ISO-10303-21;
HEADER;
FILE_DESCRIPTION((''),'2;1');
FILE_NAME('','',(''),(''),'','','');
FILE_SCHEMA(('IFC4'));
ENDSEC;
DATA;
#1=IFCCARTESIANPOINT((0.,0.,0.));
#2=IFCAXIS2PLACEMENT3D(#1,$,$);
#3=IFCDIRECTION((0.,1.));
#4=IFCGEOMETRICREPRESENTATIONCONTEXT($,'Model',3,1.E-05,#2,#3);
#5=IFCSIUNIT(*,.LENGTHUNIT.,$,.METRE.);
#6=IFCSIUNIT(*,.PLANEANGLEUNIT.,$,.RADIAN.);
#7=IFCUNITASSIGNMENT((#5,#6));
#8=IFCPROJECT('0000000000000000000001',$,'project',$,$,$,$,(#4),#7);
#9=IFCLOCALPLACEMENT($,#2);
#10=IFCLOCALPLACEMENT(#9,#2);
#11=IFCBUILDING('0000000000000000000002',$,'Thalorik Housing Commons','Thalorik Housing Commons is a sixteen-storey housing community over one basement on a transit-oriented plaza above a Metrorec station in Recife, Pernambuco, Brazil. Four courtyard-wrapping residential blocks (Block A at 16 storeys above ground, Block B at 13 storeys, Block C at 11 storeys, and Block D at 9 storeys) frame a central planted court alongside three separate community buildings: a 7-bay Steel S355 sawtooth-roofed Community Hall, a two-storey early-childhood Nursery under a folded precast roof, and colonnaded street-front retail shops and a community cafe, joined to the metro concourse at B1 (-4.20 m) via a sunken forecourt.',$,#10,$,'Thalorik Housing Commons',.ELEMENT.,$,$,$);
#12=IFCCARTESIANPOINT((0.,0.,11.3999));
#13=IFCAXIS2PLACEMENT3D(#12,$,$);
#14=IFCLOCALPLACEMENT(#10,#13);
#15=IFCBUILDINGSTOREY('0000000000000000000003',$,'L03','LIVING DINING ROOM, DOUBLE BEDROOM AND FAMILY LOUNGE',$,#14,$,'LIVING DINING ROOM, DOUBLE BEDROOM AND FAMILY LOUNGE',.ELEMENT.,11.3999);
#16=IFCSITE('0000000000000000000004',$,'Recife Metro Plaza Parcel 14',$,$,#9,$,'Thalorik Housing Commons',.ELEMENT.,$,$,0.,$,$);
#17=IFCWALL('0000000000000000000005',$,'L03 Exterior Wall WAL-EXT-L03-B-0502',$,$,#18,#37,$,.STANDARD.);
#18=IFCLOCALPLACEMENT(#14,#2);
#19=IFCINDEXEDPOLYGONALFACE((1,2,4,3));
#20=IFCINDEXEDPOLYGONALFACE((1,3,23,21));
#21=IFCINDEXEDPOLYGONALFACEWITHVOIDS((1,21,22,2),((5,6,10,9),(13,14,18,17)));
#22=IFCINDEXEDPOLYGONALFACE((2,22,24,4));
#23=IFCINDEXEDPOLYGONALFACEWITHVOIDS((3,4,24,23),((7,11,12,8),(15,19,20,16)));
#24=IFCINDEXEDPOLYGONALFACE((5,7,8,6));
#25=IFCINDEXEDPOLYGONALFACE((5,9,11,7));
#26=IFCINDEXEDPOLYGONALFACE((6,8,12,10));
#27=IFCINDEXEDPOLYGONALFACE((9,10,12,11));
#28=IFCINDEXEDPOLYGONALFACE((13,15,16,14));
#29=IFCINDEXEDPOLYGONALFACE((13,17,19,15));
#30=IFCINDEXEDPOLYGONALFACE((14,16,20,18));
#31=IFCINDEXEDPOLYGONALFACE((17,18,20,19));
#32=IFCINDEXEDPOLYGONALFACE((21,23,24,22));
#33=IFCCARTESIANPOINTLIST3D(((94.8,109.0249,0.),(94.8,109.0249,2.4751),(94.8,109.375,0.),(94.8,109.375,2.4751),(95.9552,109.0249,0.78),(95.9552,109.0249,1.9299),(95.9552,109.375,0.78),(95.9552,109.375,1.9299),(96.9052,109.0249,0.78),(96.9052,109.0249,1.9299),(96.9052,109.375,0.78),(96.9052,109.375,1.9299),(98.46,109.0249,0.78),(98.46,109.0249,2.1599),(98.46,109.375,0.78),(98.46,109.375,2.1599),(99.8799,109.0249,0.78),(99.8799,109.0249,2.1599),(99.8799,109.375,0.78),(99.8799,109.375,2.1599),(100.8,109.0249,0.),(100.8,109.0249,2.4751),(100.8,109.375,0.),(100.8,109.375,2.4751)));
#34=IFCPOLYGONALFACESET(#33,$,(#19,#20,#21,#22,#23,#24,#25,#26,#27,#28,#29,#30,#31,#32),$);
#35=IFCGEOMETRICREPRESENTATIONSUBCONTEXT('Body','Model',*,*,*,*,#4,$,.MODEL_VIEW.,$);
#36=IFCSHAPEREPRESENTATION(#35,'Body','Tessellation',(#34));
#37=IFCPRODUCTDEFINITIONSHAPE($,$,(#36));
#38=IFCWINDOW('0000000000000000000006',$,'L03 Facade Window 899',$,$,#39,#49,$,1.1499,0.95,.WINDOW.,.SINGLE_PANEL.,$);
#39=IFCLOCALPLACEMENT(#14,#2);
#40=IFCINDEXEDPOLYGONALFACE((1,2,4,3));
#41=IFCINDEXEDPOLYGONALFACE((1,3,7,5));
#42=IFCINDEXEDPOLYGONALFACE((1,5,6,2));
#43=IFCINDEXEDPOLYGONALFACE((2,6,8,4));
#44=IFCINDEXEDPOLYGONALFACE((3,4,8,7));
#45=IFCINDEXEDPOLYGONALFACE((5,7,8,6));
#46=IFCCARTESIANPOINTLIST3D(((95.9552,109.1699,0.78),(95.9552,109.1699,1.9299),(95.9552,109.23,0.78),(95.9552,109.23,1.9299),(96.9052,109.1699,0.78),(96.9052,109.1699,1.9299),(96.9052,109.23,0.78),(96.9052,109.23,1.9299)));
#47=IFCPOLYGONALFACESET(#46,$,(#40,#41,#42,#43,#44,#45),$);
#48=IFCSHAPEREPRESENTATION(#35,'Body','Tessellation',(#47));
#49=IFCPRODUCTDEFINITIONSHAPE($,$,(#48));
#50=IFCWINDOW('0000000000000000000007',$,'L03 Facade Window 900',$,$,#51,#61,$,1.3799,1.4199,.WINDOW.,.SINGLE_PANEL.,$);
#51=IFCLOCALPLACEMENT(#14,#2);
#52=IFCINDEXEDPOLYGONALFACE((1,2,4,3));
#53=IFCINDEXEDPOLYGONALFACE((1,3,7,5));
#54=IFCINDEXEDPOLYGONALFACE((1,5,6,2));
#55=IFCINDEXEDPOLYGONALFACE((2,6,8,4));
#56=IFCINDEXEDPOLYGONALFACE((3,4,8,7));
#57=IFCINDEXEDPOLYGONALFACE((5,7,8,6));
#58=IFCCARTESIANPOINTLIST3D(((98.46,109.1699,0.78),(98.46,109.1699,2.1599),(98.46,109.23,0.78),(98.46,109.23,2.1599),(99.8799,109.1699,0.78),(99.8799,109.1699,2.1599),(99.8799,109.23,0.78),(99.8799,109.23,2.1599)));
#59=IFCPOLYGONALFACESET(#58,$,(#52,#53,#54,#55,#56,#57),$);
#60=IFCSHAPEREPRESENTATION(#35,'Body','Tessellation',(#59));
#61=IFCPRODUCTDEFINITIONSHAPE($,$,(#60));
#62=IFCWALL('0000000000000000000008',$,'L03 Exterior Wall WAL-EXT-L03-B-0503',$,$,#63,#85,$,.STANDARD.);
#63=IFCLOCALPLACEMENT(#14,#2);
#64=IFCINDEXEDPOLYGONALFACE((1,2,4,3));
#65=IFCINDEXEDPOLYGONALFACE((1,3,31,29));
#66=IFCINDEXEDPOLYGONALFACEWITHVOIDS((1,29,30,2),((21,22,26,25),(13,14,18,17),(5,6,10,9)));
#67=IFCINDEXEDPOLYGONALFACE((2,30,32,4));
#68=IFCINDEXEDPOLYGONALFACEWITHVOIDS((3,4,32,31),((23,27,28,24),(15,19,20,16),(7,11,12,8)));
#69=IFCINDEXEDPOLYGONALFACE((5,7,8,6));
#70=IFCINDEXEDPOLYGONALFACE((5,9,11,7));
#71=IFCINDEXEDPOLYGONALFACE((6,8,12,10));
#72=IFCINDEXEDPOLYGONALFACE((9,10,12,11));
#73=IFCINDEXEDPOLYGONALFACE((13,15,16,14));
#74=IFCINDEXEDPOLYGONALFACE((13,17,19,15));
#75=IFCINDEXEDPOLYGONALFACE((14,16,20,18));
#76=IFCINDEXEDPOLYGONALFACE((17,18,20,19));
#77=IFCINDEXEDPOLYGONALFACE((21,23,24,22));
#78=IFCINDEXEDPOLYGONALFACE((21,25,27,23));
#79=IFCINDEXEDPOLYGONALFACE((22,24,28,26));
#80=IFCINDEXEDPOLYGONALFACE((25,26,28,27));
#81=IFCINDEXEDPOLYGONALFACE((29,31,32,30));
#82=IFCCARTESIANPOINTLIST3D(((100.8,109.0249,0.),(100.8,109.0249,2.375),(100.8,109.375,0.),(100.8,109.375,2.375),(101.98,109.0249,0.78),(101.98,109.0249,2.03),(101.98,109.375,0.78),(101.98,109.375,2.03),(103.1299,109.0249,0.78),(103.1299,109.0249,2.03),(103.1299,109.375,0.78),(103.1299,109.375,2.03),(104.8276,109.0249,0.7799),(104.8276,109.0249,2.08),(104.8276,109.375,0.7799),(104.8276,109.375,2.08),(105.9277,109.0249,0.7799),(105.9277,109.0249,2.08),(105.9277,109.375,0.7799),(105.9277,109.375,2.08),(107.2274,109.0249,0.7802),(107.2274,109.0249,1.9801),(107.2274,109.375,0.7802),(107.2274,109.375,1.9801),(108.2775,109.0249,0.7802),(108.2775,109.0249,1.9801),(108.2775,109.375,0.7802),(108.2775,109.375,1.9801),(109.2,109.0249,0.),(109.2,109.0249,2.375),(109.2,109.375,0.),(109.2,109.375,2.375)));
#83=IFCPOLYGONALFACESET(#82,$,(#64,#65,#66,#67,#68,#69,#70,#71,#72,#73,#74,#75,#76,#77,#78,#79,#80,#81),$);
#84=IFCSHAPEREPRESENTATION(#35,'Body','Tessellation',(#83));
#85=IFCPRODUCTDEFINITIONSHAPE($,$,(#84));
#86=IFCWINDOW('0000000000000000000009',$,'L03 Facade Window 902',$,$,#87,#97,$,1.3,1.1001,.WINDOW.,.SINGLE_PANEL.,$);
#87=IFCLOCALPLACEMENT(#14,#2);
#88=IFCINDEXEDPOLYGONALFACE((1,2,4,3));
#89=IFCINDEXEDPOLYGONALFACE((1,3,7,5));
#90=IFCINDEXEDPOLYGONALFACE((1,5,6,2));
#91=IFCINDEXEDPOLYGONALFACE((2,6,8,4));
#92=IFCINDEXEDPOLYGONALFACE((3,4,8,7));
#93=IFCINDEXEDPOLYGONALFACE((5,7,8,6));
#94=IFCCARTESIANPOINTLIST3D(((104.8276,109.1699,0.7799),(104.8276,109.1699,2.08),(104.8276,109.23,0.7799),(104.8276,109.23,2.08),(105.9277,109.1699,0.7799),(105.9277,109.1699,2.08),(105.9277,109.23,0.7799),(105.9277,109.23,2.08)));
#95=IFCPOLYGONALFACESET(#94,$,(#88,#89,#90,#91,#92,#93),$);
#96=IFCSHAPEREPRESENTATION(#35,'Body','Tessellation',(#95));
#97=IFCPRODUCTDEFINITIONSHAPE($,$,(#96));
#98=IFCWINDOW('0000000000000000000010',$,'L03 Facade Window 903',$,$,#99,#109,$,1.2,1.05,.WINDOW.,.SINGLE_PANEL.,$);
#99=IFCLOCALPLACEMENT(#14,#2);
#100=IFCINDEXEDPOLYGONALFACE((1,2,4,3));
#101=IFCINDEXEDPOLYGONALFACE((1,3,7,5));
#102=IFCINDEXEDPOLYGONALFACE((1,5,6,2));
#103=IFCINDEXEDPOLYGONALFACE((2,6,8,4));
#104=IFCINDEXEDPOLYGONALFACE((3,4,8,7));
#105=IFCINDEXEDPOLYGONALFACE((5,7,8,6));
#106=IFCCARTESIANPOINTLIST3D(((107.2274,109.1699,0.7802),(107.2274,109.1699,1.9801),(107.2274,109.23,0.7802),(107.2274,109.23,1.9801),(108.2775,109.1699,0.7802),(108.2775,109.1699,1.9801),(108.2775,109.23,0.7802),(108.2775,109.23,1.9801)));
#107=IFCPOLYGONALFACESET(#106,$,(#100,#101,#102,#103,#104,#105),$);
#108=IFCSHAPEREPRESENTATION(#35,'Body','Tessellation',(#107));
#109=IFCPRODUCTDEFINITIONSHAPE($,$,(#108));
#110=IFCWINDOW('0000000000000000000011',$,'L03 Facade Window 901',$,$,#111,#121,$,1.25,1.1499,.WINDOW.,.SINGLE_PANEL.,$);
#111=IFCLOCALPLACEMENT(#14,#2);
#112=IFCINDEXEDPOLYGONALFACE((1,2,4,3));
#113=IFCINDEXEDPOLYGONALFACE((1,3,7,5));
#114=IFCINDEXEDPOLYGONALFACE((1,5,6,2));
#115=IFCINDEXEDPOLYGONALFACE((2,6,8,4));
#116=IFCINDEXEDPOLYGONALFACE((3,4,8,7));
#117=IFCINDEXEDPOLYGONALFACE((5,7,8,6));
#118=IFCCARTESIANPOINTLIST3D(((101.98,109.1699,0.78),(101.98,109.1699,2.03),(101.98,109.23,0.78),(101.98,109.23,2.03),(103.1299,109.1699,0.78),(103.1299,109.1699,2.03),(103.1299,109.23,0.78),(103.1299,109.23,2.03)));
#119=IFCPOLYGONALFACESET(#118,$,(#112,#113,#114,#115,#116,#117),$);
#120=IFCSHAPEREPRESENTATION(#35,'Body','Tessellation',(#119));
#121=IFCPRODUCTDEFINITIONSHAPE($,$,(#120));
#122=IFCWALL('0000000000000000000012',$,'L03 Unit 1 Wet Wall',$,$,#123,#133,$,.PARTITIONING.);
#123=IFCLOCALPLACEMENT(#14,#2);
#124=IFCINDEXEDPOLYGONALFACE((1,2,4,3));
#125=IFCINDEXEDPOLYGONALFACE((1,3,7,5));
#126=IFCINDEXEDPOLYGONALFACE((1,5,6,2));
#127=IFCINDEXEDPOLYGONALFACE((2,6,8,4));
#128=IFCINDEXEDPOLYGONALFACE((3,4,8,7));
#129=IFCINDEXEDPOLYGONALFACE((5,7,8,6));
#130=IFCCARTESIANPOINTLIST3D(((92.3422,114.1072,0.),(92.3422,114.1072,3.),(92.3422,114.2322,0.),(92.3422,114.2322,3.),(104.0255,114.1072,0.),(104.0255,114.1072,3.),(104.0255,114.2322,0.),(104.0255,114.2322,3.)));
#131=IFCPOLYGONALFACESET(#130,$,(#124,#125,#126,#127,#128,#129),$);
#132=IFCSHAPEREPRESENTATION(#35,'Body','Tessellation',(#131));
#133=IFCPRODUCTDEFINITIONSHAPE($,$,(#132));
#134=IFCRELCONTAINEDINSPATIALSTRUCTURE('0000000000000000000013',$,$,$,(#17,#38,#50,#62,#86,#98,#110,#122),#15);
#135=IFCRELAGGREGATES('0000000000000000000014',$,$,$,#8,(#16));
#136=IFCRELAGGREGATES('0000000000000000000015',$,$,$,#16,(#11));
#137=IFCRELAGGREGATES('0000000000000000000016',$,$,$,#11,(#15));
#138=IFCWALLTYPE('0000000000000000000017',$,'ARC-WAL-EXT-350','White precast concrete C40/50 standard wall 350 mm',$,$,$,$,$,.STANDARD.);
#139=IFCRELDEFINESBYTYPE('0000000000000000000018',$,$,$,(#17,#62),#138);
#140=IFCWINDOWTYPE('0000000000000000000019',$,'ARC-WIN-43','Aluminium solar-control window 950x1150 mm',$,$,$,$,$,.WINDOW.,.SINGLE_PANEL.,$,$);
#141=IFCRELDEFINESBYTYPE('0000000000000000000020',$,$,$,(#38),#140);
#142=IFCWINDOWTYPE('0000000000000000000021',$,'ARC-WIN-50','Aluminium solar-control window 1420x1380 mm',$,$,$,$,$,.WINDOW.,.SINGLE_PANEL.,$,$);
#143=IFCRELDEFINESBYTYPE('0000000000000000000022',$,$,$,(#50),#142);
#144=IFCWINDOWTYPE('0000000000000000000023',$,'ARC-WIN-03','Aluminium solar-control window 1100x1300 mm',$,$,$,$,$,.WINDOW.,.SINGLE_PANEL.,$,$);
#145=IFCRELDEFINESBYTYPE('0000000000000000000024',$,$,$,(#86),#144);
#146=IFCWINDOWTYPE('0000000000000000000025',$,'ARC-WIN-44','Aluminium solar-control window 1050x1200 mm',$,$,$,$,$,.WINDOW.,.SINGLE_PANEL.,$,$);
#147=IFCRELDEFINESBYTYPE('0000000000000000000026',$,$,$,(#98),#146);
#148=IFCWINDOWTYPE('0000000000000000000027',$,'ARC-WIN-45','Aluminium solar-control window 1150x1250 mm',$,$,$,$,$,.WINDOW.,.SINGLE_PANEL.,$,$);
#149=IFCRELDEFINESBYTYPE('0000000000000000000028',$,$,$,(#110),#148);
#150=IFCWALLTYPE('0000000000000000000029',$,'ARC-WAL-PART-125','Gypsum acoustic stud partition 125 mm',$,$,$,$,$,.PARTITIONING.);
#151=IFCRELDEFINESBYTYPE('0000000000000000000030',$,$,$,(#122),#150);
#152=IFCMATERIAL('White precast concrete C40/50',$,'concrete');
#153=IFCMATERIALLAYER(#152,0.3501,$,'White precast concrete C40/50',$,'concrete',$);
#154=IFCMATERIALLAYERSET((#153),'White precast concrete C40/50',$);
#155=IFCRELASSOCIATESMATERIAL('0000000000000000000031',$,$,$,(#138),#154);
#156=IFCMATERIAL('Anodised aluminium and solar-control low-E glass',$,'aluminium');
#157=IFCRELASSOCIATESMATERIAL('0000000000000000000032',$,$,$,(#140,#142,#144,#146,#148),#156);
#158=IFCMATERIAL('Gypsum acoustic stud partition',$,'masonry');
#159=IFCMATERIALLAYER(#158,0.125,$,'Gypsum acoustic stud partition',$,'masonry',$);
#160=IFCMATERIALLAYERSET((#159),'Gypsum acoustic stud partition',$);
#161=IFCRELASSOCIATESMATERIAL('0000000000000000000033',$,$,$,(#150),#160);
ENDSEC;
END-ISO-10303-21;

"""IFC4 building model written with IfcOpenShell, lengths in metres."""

from ifc_helpers import new_model, si_unit, direction, frame, frame_2d, origin, place, context, subcontext, project, spatial, rectangle, extrude, material, layer, layer_set, type_object, element, fill, save


model = new_model("IFC4")

# Units and contexts
model_context = context("Model", 3, precision=1e-05, world=origin(), true_north=direction((0.0, 1.0)))
body_context = subcontext(model_context, "Body", "Model", "MODEL_VIEW")
ifc_project = project(units=[si_unit("LENGTHUNIT", "METRE"), si_unit("PLANEANGLEUNIT", "RADIAN")], contexts=[model_context])

# Site, building, storey
site_placement = place(None, origin())
site = spatial("IfcSite", under=ifc_project, at=site_placement, Name="Recife Metro Plaza Parcel 14", LongName="Thalorik Housing Commons", CompositionType="ELEMENT", RefElevation=0.0)
building_placement = place(site_placement, origin())
building = spatial("IfcBuilding", under=site, at=building_placement, Name="Thalorik Housing Commons", Description="Thalorik Housing Commons is a sixteen-storey housing community over one basement on a transit-oriented plaza above a Metrorec station in Recife, Pernambuco, Brazil. Four courtyard-wrapping residential blocks (Block A at 16 storeys above ground, Block B at 13 storeys, Block C at 11 storeys, and Block D at 9 storeys) frame a central planted court alongside three separate community buildings: a 7-bay Steel S355 sawtooth-roofed Community Hall, a two-storey early-childhood Nursery under a folded precast roof, and colonnaded street-front retail shops and a community cafe, joined to the metro concourse at B1 (-4.20 m) via a sunken forecourt.", LongName="Thalorik Housing Commons", CompositionType="ELEMENT")
storey_placement = place(building_placement, frame((0.0, 0.0, 11.3999)))
storey = spatial("IfcBuildingStorey", under=building, at=storey_placement, Name="L03", Description="LIVING DINING ROOM, DOUBLE BEDROOM AND FAMILY LOUNGE", LongName="LIVING DINING ROOM, DOUBLE BEDROOM AND FAMILY LOUNGE", CompositionType="ELEMENT", Elevation=11.3999)

# Shared definitions
ifc_material_1 = material(Name="Anodised aluminium and solar-control low-E glass", Category="aluminium")

# Shared definitions
ifc_material_2 = material(Name="White precast concrete C40/50", Category="concrete")
ifc_layer_1 = layer(ifc_material_2, 0.3501, Name="White precast concrete C40/50", Category="concrete")
ifc_layer_set_1 = layer_set([ifc_layer_1], Name="White precast concrete C40/50")
wall_type_1 = type_object("IfcWallType", Name="ARC-WAL-EXT-350", Description="White precast concrete C40/50 standard wall 350 mm", PredefinedType="STANDARD", material=ifc_layer_set_1)

# Walls, openings, windows
wall_1_placement = place(storey_placement, frame((94.8, 109.2, 0.0), z_axis=(0.0, 0.0, 1.0), x_axis=(1.0, 0.0, 0.0)))
wall_1 = element("IfcWall", 1, at=wall_1_placement, inside=storey, type_object=wall_type_1, Name="L03 Exterior Wall WAL-EXT-L03-B-0502", PredefinedType="STANDARD", context=body_context, shape_type="SweptSolid", body=[
    extrude(rectangle(XDim=6.0, YDim=0.3501, at=frame_2d((3.0, 0.0))), origin(), (0.0, 0.0, 1.0), 2.4751),
])
opening_1_placement = place(wall_1_placement, frame((1.155, 0.0, 0.78)))
opening_1 = element("IfcOpeningElement", 2, at=opening_1_placement, cuts=wall_1, PredefinedType="OPENING", context=body_context, shape_type="SweptSolid", body=[
    extrude(rectangle(XDim=0.95, YDim=1.1499, at=frame_2d((0.4751, 0.575))), frame((0.0, 0.1851, 0.0), z_axis=(0.0, -1.0, 0.0), x_axis=(1.0, 0.0, 0.0)), (0.0, 0.0, 1.0), 0.3701),
])
opening_2_placement = place(wall_1_placement, frame((3.6599, 0.0, 0.78)))
opening_2 = element("IfcOpeningElement", 3, at=opening_2_placement, cuts=wall_1, PredefinedType="OPENING", context=body_context, shape_type="SweptSolid", body=[
    extrude(rectangle(XDim=1.4199, YDim=1.3799, at=frame_2d((0.71, 0.6899))), frame((0.0, 0.1851, 0.0), z_axis=(0.0, -1.0, 0.0), x_axis=(1.0, 0.0, 0.0)), (0.0, 0.0, 1.0), 0.3701),
])
window_type_1 = type_object("IfcWindowType", Name="ARC-WIN-43", Description="Aluminium solar-control window 950x1150 mm", PartitioningType="SINGLE_PANEL", PredefinedType="WINDOW", material=ifc_material_1)
window_1_placement = place(opening_1_placement, origin())
window_1 = element("IfcWindow", 4, at=window_1_placement, inside=storey, type_object=window_type_1, Name="L03 Facade Window 899", OverallHeight=1.1499, OverallWidth=0.95, PartitioningType="SINGLE_PANEL", PredefinedType="WINDOW", context=body_context, shape_type="SweptSolid", body=[
    extrude(rectangle(XDim=0.95, YDim=1.1499, at=frame_2d((0.4751, 0.575))), frame((0.0, 0.03, 0.0), z_axis=(0.0, -1.0, 0.0), x_axis=(1.0, 0.0, 0.0)), (0.0, 0.0, 1.0), 0.0601),
])
fill(opening_1, window_1)
window_type_2 = type_object("IfcWindowType", Name="ARC-WIN-50", Description="Aluminium solar-control window 1420x1380 mm", PartitioningType="SINGLE_PANEL", PredefinedType="WINDOW", material=ifc_material_1)
window_2_placement = place(opening_2_placement, origin())
window_2 = element("IfcWindow", 5, at=window_2_placement, inside=storey, type_object=window_type_2, Name="L03 Facade Window 900", OverallHeight=1.3799, OverallWidth=1.4199, PartitioningType="SINGLE_PANEL", PredefinedType="WINDOW", context=body_context, shape_type="SweptSolid", body=[
    extrude(rectangle(XDim=1.4199, YDim=1.3799, at=frame_2d((0.71, 0.6899))), frame((0.0, 0.03, 0.0), z_axis=(0.0, -1.0, 0.0), x_axis=(1.0, 0.0, 0.0)), (0.0, 0.0, 1.0), 0.0601),
])
fill(opening_2, window_2)
wall_2_placement = place(storey_placement, frame((100.8, 109.2, 0.0), z_axis=(0.0, 0.0, 1.0), x_axis=(1.0, 0.0, 0.0)))
wall_2 = element("IfcWall", 6, at=wall_2_placement, inside=storey, type_object=wall_type_1, Name="L03 Exterior Wall WAL-EXT-L03-B-0503", PredefinedType="STANDARD", context=body_context, shape_type="SweptSolid", body=[
    extrude(rectangle(XDim=8.3999, YDim=0.3501, at=frame_2d((4.2, 0.0))), origin(), (0.0, 0.0, 1.0), 2.375),
])
opening_3_placement = place(wall_2_placement, frame((1.1799, 0.0, 0.78)))
opening_3 = element("IfcOpeningElement", 7, at=opening_3_placement, cuts=wall_2, PredefinedType="OPENING", context=body_context, shape_type="SweptSolid", body=[
    extrude(rectangle(XDim=1.1499, YDim=1.25, at=frame_2d((0.575, 0.625))), frame((0.0, 0.1851, 0.0), z_axis=(0.0, -1.0, 0.0), x_axis=(1.0, 0.0, 0.0)), (0.0, 0.0, 1.0), 0.3701),
])
opening_4_placement = place(wall_2_placement, frame((4.0276, 0.0, 0.78)))
opening_4 = element("IfcOpeningElement", 8, at=opening_4_placement, cuts=wall_2, PredefinedType="OPENING", context=body_context, shape_type="SweptSolid", body=[
    extrude(rectangle(XDim=1.1001, YDim=1.3, at=frame_2d((0.55, 0.6499))), frame((0.0, 0.1851, 0.0), z_axis=(0.0, -1.0, 0.0), x_axis=(1.0, 0.0, 0.0)), (0.0, 0.0, 1.0), 0.3701),
])
opening_5_placement = place(wall_2_placement, frame((6.4275, 0.0, 0.78)))
opening_5 = element("IfcOpeningElement", 9, at=opening_5_placement, cuts=wall_2, PredefinedType="OPENING", context=body_context, shape_type="SweptSolid", body=[
    extrude(rectangle(XDim=1.05, YDim=1.2, at=frame_2d((0.5249, 0.6001))), frame((0.0, 0.1851, 0.0), z_axis=(0.0, -1.0, 0.0), x_axis=(1.0, 0.0, 0.0)), (0.0, 0.0, 1.0), 0.3701),
])
window_type_3 = type_object("IfcWindowType", Name="ARC-WIN-03", Description="Aluminium solar-control window 1100x1300 mm", PartitioningType="SINGLE_PANEL", PredefinedType="WINDOW", material=ifc_material_1)
window_3_placement = place(opening_4_placement, origin())
window_3 = element("IfcWindow", 10, at=window_3_placement, inside=storey, type_object=window_type_3, Name="L03 Facade Window 902", OverallHeight=1.3, OverallWidth=1.1001, PartitioningType="SINGLE_PANEL", PredefinedType="WINDOW", context=body_context, shape_type="SweptSolid", body=[
    extrude(rectangle(XDim=1.1001, YDim=1.3, at=frame_2d((0.55, 0.6499))), frame((0.0, 0.03, 0.0), z_axis=(0.0, -1.0, 0.0), x_axis=(1.0, 0.0, 0.0)), (0.0, 0.0, 1.0), 0.0601),
])
fill(opening_4, window_3)
window_type_4 = type_object("IfcWindowType", Name="ARC-WIN-44", Description="Aluminium solar-control window 1050x1200 mm", PartitioningType="SINGLE_PANEL", PredefinedType="WINDOW", material=ifc_material_1)
window_4_placement = place(opening_5_placement, origin())
window_4 = element("IfcWindow", 11, at=window_4_placement, inside=storey, type_object=window_type_4, Name="L03 Facade Window 903", OverallHeight=1.2, OverallWidth=1.05, PartitioningType="SINGLE_PANEL", PredefinedType="WINDOW", context=body_context, shape_type="SweptSolid", body=[
    extrude(rectangle(XDim=1.05, YDim=1.2, at=frame_2d((0.5249, 0.6001))), frame((0.0, 0.03, 0.0), z_axis=(0.0, -1.0, 0.0), x_axis=(1.0, 0.0, 0.0)), (0.0, 0.0, 1.0), 0.0601),
])
fill(opening_5, window_4)
window_type_5 = type_object("IfcWindowType", Name="ARC-WIN-45", Description="Aluminium solar-control window 1150x1250 mm", PartitioningType="SINGLE_PANEL", PredefinedType="WINDOW", material=ifc_material_1)
window_5_placement = place(opening_3_placement, origin())
window_5 = element("IfcWindow", 12, at=window_5_placement, inside=storey, type_object=window_type_5, Name="L03 Facade Window 901", OverallHeight=1.25, OverallWidth=1.1499, PartitioningType="SINGLE_PANEL", PredefinedType="WINDOW", context=body_context, shape_type="SweptSolid", body=[
    extrude(rectangle(XDim=1.1499, YDim=1.25, at=frame_2d((0.575, 0.625))), frame((0.0, 0.03, 0.0), z_axis=(0.0, -1.0, 0.0), x_axis=(1.0, 0.0, 0.0)), (0.0, 0.0, 1.0), 0.0601),
])
fill(opening_3, window_5)

# Wall
ifc_material_3 = material(Name="Gypsum acoustic stud partition", Category="masonry")
ifc_layer_2 = layer(ifc_material_3, 0.125, Name="Gypsum acoustic stud partition", Category="masonry")
ifc_layer_set_2 = layer_set([ifc_layer_2], Name="Gypsum acoustic stud partition")
wall_type_2 = type_object("IfcWallType", Name="ARC-WAL-PART-125", Description="Gypsum acoustic stud partition 125 mm", PredefinedType="PARTITIONING", material=ifc_layer_set_2)
wall_3_placement = place(storey_placement, frame((92.342, 114.1697, 0.0), z_axis=(0.0, 0.0, 1.0), x_axis=(1.0, 0.0, 0.0)))
element("IfcWall", 13, at=wall_3_placement, inside=storey, type_object=wall_type_2, Name="L03 Unit 1 Wet Wall", PredefinedType="PARTITIONING", context=body_context, shape_type="SweptSolid", body=[
    extrude(rectangle(XDim=11.6833, YDim=0.125, at=frame_2d((5.8418, 0.0))), origin(), (0.0, 0.0, 1.0), 3.0),
])

save(model, "model.ifc")
